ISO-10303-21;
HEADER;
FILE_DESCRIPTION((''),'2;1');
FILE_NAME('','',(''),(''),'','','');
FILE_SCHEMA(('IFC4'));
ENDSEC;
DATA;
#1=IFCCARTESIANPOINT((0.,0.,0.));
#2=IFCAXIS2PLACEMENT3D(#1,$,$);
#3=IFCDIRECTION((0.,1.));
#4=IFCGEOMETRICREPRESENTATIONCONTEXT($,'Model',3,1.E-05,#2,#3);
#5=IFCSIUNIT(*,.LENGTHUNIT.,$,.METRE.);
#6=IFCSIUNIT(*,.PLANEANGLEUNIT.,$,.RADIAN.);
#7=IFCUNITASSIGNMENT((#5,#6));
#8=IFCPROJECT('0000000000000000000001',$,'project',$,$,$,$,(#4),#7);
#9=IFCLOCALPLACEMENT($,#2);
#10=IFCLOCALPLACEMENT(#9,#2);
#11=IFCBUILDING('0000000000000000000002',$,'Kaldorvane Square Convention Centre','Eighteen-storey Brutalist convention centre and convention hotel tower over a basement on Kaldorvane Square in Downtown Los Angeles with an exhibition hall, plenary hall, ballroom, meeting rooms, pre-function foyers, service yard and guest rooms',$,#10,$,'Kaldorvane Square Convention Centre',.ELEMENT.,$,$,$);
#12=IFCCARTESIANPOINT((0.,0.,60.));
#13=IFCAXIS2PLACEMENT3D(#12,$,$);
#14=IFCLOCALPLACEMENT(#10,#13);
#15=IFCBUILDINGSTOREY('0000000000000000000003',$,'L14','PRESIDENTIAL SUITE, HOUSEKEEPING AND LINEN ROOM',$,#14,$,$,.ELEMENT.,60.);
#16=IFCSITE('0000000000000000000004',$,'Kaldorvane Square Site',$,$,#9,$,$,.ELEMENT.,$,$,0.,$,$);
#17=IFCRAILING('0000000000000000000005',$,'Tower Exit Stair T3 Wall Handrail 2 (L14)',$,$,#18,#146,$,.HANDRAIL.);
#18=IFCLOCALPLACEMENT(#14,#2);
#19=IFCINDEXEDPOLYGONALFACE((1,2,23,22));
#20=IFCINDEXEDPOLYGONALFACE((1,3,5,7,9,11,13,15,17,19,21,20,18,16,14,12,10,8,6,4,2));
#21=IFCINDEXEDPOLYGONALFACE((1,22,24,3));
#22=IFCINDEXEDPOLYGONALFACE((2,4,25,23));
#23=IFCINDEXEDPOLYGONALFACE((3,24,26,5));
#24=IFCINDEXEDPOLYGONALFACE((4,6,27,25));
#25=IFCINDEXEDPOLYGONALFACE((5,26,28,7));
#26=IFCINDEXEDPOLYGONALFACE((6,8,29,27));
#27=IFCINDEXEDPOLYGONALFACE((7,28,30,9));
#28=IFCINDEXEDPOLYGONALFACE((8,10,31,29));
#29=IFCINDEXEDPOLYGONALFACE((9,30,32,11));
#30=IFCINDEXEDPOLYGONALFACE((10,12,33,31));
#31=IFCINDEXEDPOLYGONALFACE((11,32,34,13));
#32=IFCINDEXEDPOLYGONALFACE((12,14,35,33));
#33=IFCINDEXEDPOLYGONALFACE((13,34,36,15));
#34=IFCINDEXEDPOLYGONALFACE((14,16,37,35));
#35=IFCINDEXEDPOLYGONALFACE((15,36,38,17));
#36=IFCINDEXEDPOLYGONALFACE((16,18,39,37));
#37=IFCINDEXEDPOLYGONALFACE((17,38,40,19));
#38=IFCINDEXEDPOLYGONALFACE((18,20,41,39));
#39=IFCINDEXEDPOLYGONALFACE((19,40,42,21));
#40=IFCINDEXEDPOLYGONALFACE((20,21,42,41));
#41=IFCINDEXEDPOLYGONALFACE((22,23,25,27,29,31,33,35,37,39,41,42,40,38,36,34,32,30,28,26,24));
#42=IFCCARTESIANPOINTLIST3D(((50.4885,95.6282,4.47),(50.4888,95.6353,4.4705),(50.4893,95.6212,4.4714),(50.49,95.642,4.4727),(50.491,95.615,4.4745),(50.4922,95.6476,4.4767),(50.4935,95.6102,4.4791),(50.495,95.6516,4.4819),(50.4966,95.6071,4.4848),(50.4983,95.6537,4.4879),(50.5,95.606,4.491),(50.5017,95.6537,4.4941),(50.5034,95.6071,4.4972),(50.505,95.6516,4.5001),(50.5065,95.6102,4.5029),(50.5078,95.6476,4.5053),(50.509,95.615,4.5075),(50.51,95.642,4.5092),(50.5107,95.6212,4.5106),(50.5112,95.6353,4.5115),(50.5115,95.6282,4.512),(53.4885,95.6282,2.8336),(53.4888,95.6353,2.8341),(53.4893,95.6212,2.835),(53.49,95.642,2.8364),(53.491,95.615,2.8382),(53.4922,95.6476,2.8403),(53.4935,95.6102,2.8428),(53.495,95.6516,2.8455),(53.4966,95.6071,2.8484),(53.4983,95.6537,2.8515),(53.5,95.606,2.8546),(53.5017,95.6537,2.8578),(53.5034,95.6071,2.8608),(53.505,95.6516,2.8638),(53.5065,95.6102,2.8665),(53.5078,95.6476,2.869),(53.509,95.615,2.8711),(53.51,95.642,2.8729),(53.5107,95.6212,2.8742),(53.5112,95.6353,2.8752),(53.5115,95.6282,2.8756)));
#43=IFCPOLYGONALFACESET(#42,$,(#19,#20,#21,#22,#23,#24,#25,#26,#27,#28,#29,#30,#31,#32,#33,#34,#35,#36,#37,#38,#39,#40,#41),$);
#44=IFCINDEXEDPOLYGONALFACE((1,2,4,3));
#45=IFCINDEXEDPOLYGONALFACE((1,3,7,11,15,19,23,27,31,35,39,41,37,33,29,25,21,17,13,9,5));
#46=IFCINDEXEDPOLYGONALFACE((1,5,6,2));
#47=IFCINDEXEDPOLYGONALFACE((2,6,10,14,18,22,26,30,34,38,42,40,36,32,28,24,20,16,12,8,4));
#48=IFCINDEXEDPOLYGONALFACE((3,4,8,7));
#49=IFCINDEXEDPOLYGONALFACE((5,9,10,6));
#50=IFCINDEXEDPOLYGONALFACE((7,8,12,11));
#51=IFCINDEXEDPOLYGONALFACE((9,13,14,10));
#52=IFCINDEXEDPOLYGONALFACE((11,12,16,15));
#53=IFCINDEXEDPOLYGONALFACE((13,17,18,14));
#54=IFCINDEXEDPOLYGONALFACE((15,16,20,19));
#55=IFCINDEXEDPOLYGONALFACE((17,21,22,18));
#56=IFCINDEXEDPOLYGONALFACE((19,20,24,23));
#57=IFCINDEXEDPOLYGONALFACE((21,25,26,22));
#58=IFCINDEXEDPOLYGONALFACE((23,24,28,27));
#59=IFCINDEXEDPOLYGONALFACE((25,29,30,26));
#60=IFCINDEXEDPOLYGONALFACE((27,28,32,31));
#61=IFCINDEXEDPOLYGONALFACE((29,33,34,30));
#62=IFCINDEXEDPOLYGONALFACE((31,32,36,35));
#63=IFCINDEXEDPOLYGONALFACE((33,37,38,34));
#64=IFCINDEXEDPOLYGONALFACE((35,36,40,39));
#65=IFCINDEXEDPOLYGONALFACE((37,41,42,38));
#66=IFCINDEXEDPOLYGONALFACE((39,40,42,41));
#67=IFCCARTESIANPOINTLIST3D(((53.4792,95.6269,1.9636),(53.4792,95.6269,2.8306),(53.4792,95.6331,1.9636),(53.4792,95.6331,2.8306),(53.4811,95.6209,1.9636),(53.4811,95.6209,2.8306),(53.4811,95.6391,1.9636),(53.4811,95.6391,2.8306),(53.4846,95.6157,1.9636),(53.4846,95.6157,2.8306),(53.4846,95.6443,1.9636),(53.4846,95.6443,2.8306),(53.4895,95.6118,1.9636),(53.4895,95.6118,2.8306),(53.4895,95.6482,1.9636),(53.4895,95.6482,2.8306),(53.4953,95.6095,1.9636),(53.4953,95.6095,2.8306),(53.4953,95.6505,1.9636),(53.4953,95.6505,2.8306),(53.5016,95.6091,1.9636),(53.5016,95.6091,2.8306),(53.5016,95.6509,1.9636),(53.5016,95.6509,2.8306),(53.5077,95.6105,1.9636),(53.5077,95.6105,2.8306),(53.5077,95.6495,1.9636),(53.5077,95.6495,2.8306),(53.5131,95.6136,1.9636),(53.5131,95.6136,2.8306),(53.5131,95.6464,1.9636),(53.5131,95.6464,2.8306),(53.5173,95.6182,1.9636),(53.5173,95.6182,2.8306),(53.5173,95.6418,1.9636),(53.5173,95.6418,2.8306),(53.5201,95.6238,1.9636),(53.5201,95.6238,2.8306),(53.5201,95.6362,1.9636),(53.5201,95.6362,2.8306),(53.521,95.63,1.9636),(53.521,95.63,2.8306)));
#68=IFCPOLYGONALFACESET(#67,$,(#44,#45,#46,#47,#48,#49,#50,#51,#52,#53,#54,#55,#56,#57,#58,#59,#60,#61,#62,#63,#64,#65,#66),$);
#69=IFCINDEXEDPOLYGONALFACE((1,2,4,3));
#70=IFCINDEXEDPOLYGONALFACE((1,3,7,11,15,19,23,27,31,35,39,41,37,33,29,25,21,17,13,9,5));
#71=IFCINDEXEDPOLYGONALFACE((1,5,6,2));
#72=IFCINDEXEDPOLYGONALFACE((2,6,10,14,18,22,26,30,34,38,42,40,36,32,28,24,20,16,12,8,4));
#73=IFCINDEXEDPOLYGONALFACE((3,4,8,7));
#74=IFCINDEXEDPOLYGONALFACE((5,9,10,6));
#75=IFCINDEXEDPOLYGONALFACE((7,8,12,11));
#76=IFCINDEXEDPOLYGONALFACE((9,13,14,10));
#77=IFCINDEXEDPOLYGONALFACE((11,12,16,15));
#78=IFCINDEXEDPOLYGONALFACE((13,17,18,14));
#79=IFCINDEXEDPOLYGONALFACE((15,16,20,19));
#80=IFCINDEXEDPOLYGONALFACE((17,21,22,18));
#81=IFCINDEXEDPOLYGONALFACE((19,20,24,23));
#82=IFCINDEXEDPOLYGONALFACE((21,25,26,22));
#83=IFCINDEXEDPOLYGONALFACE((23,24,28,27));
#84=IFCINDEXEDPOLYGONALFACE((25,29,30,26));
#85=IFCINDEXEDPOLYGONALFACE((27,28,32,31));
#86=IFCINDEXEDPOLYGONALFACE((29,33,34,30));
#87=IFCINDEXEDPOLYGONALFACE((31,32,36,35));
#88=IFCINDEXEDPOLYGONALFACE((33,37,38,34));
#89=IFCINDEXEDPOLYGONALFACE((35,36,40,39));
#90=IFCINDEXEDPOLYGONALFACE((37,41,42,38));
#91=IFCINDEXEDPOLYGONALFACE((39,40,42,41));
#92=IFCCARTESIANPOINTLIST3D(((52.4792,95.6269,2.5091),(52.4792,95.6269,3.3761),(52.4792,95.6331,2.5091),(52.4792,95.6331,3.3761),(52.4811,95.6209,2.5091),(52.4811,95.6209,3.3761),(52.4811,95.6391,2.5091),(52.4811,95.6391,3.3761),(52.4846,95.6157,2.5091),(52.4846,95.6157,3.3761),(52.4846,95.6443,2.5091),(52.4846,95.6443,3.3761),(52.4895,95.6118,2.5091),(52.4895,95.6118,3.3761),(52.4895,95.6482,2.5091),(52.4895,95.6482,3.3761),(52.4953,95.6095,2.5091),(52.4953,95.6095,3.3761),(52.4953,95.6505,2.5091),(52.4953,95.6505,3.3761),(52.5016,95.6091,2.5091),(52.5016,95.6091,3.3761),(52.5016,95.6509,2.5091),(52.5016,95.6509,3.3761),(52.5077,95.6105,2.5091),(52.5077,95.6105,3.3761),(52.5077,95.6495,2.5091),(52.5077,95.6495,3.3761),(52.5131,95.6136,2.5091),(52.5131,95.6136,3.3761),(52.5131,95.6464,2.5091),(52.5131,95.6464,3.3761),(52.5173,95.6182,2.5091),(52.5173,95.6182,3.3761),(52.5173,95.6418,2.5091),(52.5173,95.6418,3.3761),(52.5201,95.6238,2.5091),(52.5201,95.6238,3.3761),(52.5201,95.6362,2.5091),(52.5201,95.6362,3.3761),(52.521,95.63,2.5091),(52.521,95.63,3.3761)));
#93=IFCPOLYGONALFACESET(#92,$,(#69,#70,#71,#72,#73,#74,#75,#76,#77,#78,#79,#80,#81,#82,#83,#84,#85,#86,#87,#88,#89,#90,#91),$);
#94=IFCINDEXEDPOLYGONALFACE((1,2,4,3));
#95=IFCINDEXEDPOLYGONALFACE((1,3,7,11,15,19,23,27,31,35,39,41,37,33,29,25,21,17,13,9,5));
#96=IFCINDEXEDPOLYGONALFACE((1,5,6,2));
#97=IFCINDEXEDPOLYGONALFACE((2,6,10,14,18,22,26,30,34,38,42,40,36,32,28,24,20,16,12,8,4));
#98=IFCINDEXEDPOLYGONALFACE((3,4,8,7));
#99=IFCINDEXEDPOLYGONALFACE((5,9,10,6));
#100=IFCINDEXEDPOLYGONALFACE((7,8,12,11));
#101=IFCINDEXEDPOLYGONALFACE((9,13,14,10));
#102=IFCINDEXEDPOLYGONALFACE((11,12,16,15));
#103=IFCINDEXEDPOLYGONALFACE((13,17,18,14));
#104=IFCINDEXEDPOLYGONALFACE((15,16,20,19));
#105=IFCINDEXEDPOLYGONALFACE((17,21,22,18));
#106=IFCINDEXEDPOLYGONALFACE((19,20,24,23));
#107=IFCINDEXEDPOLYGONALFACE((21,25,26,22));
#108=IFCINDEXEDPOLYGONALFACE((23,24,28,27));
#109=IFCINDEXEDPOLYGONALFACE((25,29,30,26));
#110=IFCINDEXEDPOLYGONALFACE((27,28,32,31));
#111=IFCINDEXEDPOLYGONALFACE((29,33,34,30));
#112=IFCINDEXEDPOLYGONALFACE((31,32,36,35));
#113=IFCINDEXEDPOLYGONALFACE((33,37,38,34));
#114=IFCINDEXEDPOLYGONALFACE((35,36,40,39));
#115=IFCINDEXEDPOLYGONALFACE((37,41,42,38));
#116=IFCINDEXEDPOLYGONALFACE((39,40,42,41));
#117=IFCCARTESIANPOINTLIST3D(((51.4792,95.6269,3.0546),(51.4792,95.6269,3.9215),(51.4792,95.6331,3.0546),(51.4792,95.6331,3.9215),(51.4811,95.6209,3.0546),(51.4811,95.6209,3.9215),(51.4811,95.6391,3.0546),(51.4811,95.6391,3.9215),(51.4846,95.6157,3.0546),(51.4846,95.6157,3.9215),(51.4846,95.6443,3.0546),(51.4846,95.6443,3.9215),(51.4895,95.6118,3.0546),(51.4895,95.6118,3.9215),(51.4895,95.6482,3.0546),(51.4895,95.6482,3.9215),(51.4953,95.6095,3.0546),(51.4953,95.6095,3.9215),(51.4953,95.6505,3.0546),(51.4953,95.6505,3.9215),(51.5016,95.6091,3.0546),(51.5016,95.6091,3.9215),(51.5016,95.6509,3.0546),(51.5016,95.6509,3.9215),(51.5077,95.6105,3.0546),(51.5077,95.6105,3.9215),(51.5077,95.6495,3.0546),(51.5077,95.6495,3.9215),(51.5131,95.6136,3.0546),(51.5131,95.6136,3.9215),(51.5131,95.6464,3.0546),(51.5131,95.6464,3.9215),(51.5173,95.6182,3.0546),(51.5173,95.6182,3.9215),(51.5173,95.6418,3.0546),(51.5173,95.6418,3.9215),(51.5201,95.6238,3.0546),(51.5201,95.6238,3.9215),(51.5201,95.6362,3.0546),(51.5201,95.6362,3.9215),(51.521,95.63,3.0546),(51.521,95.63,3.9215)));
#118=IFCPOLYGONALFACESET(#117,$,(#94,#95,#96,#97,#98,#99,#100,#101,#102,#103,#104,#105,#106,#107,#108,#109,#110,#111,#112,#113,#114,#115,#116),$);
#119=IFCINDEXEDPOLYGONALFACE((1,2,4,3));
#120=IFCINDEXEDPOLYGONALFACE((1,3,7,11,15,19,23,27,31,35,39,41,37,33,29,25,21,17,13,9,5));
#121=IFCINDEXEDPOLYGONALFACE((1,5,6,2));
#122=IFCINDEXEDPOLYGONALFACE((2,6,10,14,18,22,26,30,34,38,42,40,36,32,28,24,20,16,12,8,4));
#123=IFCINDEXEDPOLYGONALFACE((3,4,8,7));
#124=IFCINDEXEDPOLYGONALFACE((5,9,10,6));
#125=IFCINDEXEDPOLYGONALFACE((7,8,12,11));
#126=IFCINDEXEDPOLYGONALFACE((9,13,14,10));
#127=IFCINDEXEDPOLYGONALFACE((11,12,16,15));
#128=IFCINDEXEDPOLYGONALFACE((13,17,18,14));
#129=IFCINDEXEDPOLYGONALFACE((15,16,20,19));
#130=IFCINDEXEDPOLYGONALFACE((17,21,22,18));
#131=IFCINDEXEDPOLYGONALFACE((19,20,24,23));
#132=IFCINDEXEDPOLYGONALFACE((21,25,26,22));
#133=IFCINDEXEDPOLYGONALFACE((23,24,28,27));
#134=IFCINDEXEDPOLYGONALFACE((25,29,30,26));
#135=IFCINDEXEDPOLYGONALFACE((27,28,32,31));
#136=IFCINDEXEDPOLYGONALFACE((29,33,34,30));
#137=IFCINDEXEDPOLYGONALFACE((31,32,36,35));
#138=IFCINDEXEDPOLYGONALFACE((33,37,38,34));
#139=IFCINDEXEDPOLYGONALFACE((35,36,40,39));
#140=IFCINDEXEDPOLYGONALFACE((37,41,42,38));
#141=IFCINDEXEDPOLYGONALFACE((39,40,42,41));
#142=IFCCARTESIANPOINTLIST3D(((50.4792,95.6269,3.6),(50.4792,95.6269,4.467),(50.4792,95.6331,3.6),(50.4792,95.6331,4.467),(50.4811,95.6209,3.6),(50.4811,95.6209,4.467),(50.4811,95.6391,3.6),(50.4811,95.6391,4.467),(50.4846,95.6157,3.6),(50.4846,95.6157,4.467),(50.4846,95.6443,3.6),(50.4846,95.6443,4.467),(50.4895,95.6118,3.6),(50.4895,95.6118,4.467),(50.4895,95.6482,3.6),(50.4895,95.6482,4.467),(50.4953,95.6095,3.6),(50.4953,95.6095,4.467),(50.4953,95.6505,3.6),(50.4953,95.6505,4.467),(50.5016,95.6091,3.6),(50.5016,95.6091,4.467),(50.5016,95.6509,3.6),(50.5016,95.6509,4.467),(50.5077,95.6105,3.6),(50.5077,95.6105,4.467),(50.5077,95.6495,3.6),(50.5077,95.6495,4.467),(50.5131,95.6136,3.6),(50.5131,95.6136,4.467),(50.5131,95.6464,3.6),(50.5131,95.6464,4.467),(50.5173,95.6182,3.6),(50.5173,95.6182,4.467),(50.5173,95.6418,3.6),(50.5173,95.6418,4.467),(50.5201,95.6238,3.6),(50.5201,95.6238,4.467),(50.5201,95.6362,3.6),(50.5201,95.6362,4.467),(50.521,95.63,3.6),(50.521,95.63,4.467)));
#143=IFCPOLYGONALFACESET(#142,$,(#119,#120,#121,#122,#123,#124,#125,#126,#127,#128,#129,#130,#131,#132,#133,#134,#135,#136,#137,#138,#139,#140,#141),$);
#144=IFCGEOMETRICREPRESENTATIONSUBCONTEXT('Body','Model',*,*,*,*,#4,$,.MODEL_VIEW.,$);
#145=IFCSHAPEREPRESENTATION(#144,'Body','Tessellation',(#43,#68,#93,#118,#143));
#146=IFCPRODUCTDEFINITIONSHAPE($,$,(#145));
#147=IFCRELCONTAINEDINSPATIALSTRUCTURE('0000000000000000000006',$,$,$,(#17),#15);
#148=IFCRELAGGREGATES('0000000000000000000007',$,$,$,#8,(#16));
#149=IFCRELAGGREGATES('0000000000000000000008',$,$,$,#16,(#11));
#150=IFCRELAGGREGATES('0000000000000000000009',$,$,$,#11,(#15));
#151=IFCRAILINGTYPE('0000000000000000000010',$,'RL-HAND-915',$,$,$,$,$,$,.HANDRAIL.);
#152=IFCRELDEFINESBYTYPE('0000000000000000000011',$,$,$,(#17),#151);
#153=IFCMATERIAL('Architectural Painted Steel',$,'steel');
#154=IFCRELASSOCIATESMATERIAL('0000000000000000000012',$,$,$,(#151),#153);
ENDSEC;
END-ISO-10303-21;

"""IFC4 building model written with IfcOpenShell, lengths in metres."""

from ifc_helpers import new_model, si_unit, direction, frame, origin, origin_2d, place, context, subcontext, project, spatial, circle, extrude, material, type_object, element, save


model = new_model("IFC4")

# Units and contexts
model_context = context("Model", 3, precision=1e-05, world=origin(), true_north=direction((0.0, 1.0)))
body_context = subcontext(model_context, "Body", "Model", "MODEL_VIEW")
ifc_project = project(units=[si_unit("LENGTHUNIT", "METRE"), si_unit("PLANEANGLEUNIT", "RADIAN")], contexts=[model_context])

# Site, building, storey
site_placement = place(None, origin())
site = spatial("IfcSite", under=ifc_project, at=site_placement, Name="Kaldorvane Square Site", CompositionType="ELEMENT", RefElevation=0.0)
building_placement = place(site_placement, origin())
building = spatial("IfcBuilding", under=site, at=building_placement, Name="Kaldorvane Square Convention Centre", Description="Eighteen-storey Brutalist convention centre and convention hotel tower over a basement on Kaldorvane Square in Downtown Los Angeles with an exhibition hall, plenary hall, ballroom, meeting rooms, pre-function foyers, service yard and guest rooms", LongName="Kaldorvane Square Convention Centre", CompositionType="ELEMENT")
storey_placement = place(building_placement, frame((0.0, 0.0, 60.0)))
storey = spatial("IfcBuildingStorey", under=building, at=storey_placement, Name="L14", Description="PRESIDENTIAL SUITE, HOUSEKEEPING AND LINEN ROOM", CompositionType="ELEMENT", Elevation=60.0)

# Railing
ifc_material_1 = material(Name="Architectural Painted Steel", Category="steel")
railing_type_1 = type_object("IfcRailingType", Name="RL-HAND-915", PredefinedType="HANDRAIL", material=ifc_material_1)
railing_1_placement = place(storey_placement, frame((53.5, 95.63, 1.9636)))
element("IfcRailing", 1, at=railing_1_placement, inside=storey, type_object=railing_type_1, Name="Tower Exit Stair T3 Wall Handrail 2 (L14)", PredefinedType="HANDRAIL", context=body_context, shape_type="SweptSolid", body=[
    extrude(circle(Radius=0.024, at=origin_2d()), frame((0.0, 0.0, 0.891), z_axis=(-0.877895, 0.0, 0.478853), x_axis=(0.0, -1.0, 0.0)), (0.0, 0.0, 1.0), 3.4173),
    extrude(circle(Radius=0.021, at=origin_2d()), origin(), (0.0, 0.0, 1.0), 0.867),
    extrude(circle(Radius=0.021, at=origin_2d()), frame((-1.0, 0.0, 0.5455)), (0.0, 0.0, 1.0), 0.867),
    extrude(circle(Radius=0.021, at=origin_2d()), frame((-2.0, 0.0, 1.0909)), (0.0, 0.0, 1.0), 0.867),
    extrude(circle(Radius=0.021, at=origin_2d()), frame((-3.0, 0.0, 1.6364)), (0.0, 0.0, 1.0), 0.867),
])

save(model, "model.ifc")
